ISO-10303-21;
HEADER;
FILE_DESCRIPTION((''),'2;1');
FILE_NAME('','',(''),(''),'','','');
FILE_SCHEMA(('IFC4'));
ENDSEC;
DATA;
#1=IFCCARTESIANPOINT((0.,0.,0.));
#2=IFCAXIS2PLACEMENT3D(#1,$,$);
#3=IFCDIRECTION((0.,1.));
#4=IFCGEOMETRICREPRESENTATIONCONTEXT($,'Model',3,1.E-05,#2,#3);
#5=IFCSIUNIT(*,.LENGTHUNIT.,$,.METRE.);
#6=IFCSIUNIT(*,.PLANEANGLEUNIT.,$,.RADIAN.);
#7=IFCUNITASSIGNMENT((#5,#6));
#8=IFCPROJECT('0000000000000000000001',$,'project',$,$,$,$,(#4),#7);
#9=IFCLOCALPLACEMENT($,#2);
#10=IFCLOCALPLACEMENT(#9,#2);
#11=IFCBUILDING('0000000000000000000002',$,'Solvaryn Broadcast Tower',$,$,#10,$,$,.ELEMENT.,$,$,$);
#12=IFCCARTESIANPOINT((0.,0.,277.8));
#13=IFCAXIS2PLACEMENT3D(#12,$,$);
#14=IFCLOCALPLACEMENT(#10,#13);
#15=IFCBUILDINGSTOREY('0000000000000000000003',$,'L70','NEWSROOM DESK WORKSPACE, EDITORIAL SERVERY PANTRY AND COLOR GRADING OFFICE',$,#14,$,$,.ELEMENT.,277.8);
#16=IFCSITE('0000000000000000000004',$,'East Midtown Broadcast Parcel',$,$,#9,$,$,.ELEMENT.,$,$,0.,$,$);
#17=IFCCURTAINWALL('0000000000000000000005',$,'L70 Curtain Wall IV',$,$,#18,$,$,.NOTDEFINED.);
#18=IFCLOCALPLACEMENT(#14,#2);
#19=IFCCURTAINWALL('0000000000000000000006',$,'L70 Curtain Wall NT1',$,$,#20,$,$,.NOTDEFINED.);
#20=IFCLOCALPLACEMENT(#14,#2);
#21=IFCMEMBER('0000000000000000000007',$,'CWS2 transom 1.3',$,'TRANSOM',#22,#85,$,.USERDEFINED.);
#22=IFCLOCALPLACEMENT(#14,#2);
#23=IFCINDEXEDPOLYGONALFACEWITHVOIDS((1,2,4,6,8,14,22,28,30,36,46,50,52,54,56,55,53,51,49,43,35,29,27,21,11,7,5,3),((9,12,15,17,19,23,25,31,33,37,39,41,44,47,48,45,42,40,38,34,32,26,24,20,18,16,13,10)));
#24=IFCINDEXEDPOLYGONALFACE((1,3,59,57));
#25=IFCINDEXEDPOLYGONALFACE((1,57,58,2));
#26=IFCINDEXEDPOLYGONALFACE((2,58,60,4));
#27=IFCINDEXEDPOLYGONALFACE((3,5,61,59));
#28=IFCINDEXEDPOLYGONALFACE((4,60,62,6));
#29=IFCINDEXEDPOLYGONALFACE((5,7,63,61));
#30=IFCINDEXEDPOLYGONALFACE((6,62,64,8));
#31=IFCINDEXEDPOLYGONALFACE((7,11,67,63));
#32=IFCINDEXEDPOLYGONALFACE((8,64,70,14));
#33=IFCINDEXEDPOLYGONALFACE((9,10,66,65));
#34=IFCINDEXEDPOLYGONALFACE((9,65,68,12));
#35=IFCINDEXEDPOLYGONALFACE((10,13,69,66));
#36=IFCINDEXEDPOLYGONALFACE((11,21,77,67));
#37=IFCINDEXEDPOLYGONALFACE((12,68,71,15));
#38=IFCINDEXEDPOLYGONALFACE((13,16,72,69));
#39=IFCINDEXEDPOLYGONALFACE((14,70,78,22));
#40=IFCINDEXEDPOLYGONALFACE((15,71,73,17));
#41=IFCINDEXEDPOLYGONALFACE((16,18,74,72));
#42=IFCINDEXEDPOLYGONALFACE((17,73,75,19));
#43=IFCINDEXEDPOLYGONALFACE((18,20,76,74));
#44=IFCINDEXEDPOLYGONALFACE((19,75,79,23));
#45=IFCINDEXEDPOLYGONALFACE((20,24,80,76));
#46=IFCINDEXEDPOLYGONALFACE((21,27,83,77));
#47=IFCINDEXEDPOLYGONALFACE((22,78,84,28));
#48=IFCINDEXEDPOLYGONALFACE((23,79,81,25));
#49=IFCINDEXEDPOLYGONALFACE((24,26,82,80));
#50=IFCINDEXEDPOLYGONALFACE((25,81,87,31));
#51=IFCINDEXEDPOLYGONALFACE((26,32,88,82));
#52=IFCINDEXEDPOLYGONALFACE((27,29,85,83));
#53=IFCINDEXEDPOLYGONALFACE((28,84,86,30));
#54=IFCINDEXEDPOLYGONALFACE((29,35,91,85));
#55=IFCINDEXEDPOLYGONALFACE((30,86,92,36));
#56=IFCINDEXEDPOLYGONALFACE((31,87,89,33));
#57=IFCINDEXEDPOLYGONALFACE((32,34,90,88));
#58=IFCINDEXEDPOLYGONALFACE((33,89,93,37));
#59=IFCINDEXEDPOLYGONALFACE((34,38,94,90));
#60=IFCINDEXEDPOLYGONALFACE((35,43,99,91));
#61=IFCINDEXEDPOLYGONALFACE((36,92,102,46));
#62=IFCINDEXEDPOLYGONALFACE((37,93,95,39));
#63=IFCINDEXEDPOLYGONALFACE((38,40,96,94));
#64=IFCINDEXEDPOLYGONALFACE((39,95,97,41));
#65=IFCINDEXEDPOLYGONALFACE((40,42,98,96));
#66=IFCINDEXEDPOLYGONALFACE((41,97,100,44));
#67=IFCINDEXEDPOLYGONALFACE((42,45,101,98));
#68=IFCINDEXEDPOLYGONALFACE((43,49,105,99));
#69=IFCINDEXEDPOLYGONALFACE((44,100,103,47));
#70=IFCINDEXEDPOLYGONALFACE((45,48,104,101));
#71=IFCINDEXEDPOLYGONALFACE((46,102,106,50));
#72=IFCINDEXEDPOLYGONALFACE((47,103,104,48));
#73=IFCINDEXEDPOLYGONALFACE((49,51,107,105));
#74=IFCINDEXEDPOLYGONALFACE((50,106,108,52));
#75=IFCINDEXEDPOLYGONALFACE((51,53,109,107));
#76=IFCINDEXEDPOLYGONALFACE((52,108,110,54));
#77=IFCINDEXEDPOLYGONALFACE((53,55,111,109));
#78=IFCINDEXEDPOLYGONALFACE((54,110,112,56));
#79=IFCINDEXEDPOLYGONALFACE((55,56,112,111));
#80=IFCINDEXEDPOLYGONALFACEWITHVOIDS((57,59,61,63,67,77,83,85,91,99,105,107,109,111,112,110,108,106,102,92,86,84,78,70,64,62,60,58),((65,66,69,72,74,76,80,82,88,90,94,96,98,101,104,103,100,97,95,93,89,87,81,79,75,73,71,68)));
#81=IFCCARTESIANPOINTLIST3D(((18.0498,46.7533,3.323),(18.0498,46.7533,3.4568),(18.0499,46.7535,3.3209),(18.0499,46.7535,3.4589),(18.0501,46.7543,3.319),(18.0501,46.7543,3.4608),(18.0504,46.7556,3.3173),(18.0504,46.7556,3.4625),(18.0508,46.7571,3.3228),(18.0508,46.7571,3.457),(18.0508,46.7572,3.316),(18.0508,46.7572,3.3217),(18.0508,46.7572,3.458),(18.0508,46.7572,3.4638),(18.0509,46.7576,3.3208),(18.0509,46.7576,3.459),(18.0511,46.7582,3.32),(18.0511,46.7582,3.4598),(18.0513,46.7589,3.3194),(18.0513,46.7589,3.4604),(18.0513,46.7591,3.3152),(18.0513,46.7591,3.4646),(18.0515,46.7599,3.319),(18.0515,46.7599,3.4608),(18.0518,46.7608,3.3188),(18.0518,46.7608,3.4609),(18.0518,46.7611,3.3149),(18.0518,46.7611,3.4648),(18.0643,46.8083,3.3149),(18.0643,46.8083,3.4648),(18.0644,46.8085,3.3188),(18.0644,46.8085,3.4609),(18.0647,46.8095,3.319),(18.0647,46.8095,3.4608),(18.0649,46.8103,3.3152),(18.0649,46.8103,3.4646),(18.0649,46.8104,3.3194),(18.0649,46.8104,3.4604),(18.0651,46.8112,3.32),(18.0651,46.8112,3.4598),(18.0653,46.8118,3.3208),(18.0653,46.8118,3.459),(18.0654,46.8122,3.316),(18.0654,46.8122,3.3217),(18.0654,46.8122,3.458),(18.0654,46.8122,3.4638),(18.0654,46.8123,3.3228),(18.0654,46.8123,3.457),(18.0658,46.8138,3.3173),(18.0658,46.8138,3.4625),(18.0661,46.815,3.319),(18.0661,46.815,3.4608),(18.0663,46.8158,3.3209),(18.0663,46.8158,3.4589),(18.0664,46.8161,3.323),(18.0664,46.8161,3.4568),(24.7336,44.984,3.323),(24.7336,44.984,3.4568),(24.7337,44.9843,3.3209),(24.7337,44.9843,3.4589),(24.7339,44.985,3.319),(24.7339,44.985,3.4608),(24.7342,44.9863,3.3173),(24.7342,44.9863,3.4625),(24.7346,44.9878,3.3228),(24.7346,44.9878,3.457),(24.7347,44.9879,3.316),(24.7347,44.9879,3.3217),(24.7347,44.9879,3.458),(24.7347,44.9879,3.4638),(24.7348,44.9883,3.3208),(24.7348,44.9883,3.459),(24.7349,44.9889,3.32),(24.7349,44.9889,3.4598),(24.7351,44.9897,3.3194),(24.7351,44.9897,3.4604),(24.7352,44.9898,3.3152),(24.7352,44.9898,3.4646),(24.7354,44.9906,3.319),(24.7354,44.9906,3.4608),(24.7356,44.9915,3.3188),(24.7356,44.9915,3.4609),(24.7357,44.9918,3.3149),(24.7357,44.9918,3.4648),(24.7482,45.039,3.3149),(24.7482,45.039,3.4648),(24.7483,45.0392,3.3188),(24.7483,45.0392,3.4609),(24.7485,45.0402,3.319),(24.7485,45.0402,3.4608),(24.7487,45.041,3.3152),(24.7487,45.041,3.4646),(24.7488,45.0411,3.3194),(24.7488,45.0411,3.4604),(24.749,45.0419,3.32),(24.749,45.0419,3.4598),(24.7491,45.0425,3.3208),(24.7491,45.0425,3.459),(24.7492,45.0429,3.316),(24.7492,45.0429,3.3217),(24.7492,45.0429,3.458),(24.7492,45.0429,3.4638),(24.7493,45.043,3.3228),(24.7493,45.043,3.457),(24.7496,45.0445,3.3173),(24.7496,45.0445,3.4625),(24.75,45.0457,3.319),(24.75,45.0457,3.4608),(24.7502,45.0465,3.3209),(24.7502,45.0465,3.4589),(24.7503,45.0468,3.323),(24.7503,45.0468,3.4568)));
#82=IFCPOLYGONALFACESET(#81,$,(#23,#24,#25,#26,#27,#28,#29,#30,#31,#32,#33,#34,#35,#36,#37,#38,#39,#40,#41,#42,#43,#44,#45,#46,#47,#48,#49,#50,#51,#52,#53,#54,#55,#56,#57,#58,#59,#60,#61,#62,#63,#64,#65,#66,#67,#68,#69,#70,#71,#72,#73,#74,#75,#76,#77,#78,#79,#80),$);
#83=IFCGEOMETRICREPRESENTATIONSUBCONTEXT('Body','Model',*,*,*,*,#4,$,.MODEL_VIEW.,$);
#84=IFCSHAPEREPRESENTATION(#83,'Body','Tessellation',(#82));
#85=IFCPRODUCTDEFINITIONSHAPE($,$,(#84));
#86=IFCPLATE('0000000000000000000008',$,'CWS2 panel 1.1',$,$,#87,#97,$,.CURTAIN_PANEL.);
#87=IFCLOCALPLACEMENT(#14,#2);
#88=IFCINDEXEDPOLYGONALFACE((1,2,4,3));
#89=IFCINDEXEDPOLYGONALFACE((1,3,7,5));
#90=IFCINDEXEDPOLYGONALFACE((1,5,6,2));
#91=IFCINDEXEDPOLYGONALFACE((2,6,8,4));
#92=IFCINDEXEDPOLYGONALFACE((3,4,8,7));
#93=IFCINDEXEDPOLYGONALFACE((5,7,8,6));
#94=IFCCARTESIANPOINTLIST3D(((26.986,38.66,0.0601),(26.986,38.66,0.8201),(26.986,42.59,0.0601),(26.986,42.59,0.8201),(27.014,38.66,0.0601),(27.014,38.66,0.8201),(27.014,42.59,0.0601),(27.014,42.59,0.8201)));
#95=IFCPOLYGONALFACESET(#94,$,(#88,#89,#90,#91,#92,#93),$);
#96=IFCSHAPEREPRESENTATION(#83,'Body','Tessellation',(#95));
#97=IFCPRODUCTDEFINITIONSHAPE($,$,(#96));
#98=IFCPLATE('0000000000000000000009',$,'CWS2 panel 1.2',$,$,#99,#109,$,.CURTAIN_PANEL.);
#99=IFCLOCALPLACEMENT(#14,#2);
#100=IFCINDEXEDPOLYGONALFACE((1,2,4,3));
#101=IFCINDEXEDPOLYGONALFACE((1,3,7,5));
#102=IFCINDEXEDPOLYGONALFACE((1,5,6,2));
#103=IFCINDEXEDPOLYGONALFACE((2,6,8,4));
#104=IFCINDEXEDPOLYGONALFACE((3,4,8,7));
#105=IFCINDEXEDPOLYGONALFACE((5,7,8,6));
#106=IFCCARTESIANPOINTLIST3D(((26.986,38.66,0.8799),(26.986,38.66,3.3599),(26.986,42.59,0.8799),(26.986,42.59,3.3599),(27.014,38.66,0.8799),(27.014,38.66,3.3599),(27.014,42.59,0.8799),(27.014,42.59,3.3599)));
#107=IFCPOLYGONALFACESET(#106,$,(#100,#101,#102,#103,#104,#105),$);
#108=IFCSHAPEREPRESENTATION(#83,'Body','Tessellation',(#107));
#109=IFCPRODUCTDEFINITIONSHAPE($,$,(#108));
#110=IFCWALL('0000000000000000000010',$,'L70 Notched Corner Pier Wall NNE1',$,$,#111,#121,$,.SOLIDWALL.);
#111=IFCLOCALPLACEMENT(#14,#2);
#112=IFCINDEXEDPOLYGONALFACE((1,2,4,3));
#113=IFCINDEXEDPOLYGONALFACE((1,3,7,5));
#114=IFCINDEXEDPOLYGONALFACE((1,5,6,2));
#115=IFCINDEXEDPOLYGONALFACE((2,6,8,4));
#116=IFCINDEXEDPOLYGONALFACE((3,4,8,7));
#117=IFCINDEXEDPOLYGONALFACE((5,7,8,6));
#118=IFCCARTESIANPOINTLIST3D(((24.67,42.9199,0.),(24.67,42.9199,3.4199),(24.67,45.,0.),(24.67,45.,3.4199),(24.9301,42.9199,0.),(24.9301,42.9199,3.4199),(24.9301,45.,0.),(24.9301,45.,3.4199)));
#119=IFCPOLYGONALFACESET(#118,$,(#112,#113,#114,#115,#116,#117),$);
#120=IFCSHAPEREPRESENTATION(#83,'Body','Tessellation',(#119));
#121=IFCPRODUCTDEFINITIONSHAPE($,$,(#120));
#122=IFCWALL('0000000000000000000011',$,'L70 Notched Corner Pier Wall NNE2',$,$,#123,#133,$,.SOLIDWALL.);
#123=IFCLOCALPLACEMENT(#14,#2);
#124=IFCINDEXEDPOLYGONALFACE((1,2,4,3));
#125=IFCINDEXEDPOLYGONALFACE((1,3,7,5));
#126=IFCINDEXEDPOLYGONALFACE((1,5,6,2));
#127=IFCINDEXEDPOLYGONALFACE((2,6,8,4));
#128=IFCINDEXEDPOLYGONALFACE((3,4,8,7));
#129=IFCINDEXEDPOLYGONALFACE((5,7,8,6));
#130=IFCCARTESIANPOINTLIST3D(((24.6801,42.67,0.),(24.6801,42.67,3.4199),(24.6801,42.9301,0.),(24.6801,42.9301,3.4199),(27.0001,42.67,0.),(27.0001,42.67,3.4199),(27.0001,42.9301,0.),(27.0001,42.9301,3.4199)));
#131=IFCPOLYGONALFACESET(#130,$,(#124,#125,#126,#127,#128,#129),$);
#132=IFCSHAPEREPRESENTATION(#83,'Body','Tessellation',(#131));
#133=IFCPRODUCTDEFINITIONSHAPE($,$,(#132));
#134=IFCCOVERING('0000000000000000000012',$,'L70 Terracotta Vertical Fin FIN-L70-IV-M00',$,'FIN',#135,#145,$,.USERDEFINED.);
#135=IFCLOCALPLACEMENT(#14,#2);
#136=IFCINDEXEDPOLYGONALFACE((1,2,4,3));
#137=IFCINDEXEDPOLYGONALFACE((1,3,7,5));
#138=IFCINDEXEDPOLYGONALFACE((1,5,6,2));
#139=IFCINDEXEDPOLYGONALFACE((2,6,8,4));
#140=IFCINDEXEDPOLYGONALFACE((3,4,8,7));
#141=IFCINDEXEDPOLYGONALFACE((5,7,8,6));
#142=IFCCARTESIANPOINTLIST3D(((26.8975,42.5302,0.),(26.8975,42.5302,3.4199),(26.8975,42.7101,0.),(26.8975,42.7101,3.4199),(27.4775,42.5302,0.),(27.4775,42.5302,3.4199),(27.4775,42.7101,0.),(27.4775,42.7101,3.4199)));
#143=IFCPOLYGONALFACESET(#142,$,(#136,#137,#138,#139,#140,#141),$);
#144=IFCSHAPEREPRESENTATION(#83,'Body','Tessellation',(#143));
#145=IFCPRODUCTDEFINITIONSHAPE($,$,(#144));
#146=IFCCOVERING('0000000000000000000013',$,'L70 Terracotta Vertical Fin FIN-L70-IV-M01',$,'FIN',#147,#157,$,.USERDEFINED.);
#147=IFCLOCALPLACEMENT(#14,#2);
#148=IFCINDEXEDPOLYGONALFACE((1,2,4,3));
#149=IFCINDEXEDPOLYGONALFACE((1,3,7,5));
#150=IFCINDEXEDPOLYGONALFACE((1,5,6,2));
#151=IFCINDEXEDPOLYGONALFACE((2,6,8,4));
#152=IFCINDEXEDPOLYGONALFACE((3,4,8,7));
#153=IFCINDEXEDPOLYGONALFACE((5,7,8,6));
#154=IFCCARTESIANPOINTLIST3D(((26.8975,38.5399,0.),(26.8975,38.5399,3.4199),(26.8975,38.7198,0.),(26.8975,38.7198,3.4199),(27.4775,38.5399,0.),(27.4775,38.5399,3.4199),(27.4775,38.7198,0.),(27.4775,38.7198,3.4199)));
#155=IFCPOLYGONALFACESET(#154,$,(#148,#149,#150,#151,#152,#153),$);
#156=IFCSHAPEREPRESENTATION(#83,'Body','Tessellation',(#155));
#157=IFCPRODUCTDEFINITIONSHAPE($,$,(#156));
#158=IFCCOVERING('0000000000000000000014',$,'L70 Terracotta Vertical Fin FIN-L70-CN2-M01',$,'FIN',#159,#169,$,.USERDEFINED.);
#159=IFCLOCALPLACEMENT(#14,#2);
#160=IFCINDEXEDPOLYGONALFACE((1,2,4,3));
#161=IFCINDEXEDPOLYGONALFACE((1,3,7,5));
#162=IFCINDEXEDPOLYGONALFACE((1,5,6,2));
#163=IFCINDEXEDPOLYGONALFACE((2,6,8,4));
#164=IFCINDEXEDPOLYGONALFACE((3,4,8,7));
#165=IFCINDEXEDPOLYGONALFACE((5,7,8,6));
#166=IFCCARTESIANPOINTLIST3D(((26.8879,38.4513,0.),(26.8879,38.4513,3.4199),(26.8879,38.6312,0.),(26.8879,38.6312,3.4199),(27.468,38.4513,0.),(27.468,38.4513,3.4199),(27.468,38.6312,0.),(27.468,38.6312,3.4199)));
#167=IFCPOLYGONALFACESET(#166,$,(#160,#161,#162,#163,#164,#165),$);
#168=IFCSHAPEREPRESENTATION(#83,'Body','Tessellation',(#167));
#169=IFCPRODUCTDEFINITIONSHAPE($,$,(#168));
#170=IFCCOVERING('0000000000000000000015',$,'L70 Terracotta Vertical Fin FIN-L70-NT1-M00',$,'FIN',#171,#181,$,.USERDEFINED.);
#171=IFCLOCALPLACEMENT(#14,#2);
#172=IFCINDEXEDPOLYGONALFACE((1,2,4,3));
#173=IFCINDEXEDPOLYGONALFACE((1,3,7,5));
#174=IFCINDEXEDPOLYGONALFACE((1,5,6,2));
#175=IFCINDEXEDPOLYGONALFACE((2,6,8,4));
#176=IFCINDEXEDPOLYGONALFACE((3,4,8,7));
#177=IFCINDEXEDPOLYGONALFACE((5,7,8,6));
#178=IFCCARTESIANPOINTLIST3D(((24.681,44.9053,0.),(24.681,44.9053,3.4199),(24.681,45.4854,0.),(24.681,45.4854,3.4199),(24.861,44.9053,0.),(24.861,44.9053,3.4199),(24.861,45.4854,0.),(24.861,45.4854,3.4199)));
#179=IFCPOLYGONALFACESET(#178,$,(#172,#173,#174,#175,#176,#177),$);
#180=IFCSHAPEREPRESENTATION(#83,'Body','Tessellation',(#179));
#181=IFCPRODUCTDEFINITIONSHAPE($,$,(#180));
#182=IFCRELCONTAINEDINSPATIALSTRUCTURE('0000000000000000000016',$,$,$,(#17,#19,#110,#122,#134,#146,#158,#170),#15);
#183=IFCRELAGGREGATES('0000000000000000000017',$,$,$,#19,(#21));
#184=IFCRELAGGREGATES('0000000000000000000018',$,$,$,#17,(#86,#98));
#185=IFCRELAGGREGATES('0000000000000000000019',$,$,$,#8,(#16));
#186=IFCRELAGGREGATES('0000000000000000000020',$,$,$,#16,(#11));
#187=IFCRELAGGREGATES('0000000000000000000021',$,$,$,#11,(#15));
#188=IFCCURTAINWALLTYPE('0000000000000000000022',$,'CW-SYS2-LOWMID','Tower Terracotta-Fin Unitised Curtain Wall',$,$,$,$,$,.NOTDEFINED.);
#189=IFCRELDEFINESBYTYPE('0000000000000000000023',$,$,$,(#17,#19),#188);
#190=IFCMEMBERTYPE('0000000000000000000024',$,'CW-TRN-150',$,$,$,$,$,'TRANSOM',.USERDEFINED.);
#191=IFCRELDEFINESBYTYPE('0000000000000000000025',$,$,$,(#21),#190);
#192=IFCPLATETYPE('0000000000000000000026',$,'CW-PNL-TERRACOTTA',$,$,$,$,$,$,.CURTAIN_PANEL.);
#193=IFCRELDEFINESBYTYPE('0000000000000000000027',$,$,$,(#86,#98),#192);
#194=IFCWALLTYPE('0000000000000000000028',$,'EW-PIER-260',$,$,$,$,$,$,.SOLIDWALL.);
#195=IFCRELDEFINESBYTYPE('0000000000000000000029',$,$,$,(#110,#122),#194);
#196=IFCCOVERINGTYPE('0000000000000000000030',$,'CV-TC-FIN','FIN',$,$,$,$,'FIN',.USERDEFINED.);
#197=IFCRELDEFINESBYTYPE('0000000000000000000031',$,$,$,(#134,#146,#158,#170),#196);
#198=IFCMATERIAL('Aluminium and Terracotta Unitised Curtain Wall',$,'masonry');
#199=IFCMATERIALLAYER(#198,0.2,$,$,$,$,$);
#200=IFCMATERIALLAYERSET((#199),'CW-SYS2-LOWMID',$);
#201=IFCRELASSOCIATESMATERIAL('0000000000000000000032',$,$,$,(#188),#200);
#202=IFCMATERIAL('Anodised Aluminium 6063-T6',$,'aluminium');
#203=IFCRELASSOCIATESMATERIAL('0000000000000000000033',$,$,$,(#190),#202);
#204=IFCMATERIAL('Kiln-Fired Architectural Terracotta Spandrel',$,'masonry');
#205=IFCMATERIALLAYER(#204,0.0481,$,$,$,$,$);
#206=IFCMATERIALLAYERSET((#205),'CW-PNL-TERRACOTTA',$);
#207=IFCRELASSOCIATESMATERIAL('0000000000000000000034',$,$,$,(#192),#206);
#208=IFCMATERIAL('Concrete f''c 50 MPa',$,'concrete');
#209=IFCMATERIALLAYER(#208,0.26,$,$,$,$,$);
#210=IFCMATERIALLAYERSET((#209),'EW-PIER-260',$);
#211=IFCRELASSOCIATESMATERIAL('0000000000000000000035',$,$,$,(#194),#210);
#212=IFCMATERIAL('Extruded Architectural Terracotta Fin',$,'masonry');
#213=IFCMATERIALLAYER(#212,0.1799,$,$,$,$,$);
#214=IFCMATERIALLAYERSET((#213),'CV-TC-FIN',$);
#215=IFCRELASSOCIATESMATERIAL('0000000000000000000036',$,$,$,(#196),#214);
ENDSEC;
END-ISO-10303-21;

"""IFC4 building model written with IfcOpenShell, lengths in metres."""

from ifc_helpers import new_model, si_unit, direction, frame, frame_2d, origin, origin_2d, place, context, subcontext, project, spatial, rectangle, hollow_rectangle, extrude, material, layer, layer_set, material_profile, profile_set, type_object, element, aggregate, save


model = new_model("IFC4")

# Units and contexts
model_context = context("Model", 3, precision=1e-05, world=origin(), true_north=direction((0.0, 1.0)))
body_context = subcontext(model_context, "Body", "Model", "MODEL_VIEW")
ifc_project = project(units=[si_unit("LENGTHUNIT", "METRE"), si_unit("PLANEANGLEUNIT", "RADIAN")], contexts=[model_context])

# Site, building, storey
site_placement = place(None, origin())
site = spatial("IfcSite", under=ifc_project, at=site_placement, Name="East Midtown Broadcast Parcel", CompositionType="ELEMENT", RefElevation=0.0)
building_placement = place(site_placement, origin())
building = spatial("IfcBuilding", under=site, at=building_placement, Name="Solvaryn Broadcast Tower", CompositionType="ELEMENT")
storey_placement = place(building_placement, frame((0.0, 0.0, 277.8)))
storey = spatial("IfcBuildingStorey", under=building, at=storey_placement, Name="L70", Description="NEWSROOM DESK WORKSPACE, EDITORIAL SERVERY PANTRY AND COLOR GRADING OFFICE", CompositionType="ELEMENT", Elevation=277.8)

# Curtain wall
ifc_material_1 = material(Name="Aluminium and Terracotta Unitised Curtain Wall", Category="masonry")
ifc_layer_1 = layer(ifc_material_1, 0.2)
ifc_layer_set_1 = layer_set([ifc_layer_1], Name="CW-SYS2-LOWMID")
curtain_wall_type = type_object("IfcCurtainWallType", Name="CW-SYS2-LOWMID", Description="Tower Terracotta-Fin Unitised Curtain Wall", PredefinedType="NOTDEFINED", material=ifc_layer_set_1)
curtain_wall_1_placement = place(storey_placement, origin())
curtain_wall_1 = element("IfcCurtainWall", 1, at=curtain_wall_1_placement, inside=storey, type_object=curtain_wall_type, Name="L70 Curtain Wall IV", PredefinedType="NOTDEFINED")

# Curtain wall
curtain_wall_2_placement = place(storey_placement, origin())
curtain_wall_2 = element("IfcCurtainWall", 2, at=curtain_wall_2_placement, inside=storey, type_object=curtain_wall_type, Name="L70 Curtain Wall NT1", PredefinedType="NOTDEFINED")

# Member
ifc_material_2 = material(Name="Anodised Aluminium 6063-T6", Category="aluminium")
ifc_material_profile_1 = material_profile(ifc_material_2, hollow_rectangle(XDim=0.0649, YDim=0.1499, WallThickness=0.0039, InnerFilletRadius=0.0039, OuterFilletRadius=0.0081, at=origin_2d()))
ifc_profile_set_1 = profile_set([ifc_material_profile_1], Name="Anodised Aluminium 6063-T6")
member_type_1 = type_object("IfcMemberType", Name="CW-TRN-150", ElementType="TRANSOM", PredefinedType="USERDEFINED", material=ifc_profile_set_1)
member_1_placement = place(storey_placement, frame((24.7419, 45.0154, 3.3899), z_axis=(-0.966704, 0.255897, 0.0), x_axis=(-0.255897, -0.966704, 0.0)))
member_1 = element("IfcMember", 3, at=member_1_placement, type_object=member_type_1, Name="CWS2 transom 1.3", ObjectType="TRANSOM", PredefinedType="USERDEFINED", context=body_context, shape_type="SweptSolid", body=[
    extrude(hollow_rectangle(XDim=0.0649, YDim=0.1499, WallThickness=0.0039, InnerFilletRadius=0.0039, OuterFilletRadius=0.0081, at=origin_2d()), origin(), (0.0, 0.0, 1.0), 6.9141),
])
aggregate(curtain_wall_2, [member_1])

# Plates
ifc_material_3 = material(Name="Kiln-Fired Architectural Terracotta Spandrel", Category="masonry")
ifc_layer_2 = layer(ifc_material_3, 0.0481)
ifc_layer_set_2 = layer_set([ifc_layer_2], Name="CW-PNL-TERRACOTTA")
plate_type = type_object("IfcPlateType", Name="CW-PNL-TERRACOTTA", PredefinedType="CURTAIN_PANEL", material=ifc_layer_set_2)
plate_1_placement = place(storey_placement, frame((27.0, 40.625, 0.0601), z_axis=(0.0, 0.0, 1.0), x_axis=(0.0, -1.0, 0.0)))
plate_1 = element("IfcPlate", 4, at=plate_1_placement, type_object=plate_type, Name="CWS2 panel 1.1", PredefinedType="CURTAIN_PANEL", context=body_context, shape_type="SweptSolid", body=[
    extrude(rectangle(XDim=3.9299, YDim=0.0281, at=origin_2d()), origin(), (0.0, 0.0, 1.0), 0.76),
])
plate_2_placement = place(storey_placement, frame((27.0, 40.625, 0.8799), z_axis=(0.0, 0.0, 1.0), x_axis=(0.0, -1.0, 0.0)))
plate_2 = element("IfcPlate", 5, at=plate_2_placement, type_object=plate_type, Name="CWS2 panel 1.2", PredefinedType="CURTAIN_PANEL", context=body_context, shape_type="SweptSolid", body=[
    extrude(rectangle(XDim=3.9299, YDim=0.0281, at=origin_2d()), origin(), (0.0, 0.0, 1.0), 2.48),
])
aggregate(curtain_wall_1, [plate_1, plate_2])

# Walls
ifc_material_4 = material(Name="Concrete f'c 50 MPa", Category="concrete")
ifc_layer_3 = layer(ifc_material_4, 0.26)
ifc_layer_set_3 = layer_set([ifc_layer_3], Name="EW-PIER-260")
wall_type_1 = type_object("IfcWallType", Name="EW-PIER-260", PredefinedType="SOLIDWALL", material=ifc_layer_set_3)
wall_1_placement = place(storey_placement, frame((24.8, 45.0, 0.0), z_axis=(0.0, 0.0, 1.0), x_axis=(0.0, -1.0, 0.0)))
element("IfcWall", 6, at=wall_1_placement, inside=storey, type_object=wall_type_1, Name="L70 Notched Corner Pier Wall NNE1", PredefinedType="SOLIDWALL", context=body_context, shape_type="SweptSolid", body=[
    extrude(rectangle(XDim=2.0801, YDim=0.26, at=frame_2d((1.04, 0.0))), origin(), (0.0, 0.0, 1.0), 3.4199),
])
wall_2_placement = place(storey_placement, frame((24.6799, 42.8, 0.0), z_axis=(0.0, 0.0, 1.0), x_axis=(1.0, 0.0, 0.0)))
element("IfcWall", 7, at=wall_2_placement, inside=storey, type_object=wall_type_1, Name="L70 Notched Corner Pier Wall NNE2", PredefinedType="SOLIDWALL", context=body_context, shape_type="SweptSolid", body=[
    extrude(rectangle(XDim=2.3201, YDim=0.26, at=frame_2d((1.1602, 0.0))), origin(), (0.0, 0.0, 1.0), 3.4199),
])

# Coverings
ifc_material_5 = material(Name="Extruded Architectural Terracotta Fin", Category="masonry")
ifc_layer_4 = layer(ifc_material_5, 0.1799)
ifc_layer_set_4 = layer_set([ifc_layer_4], Name="CV-TC-FIN")
covering_type = type_object("IfcCoveringType", Name="CV-TC-FIN", Description="FIN", ElementType="FIN", PredefinedType="USERDEFINED", material=ifc_layer_set_4)
for number, where, z_axis, x_axis, name in (
    (8, (27.1875, 42.6201, 0.0), (0.0, 0.0, 1.0), (1.0, 0.0, 0.0), "L70 Terracotta Vertical Fin FIN-L70-IV-M00"),
    (9, (27.1875, 38.6299, 0.0), (0.0, 0.0, 1.0), (1.0, 0.0, 0.0), "L70 Terracotta Vertical Fin FIN-L70-IV-M01"),
    (10, (27.178, 38.5413, 0.0), (0.0, 0.0, 1.0), (1.0, 0.0, 0.0), "L70 Terracotta Vertical Fin FIN-L70-CN2-M01"),
):
    element("IfcCovering", number, at=place(storey_placement, frame(where, z_axis=z_axis, x_axis=x_axis)), inside=storey, type_object=covering_type, Name=name, ObjectType="FIN", PredefinedType="USERDEFINED", context=body_context, shape_type="SweptSolid", body=[
        extrude(rectangle(XDim=0.5801, YDim=0.1799, at=origin_2d()), origin(), (0.0, 0.0, 1.0), 3.4199),
    ])
covering_placement = place(storey_placement, frame((24.771, 45.1953, 0.0), z_axis=(0.0, 0.0, 1.0), x_axis=(1.0, 0.0, 0.0)))
element("IfcCovering", 11, at=covering_placement, inside=storey, type_object=covering_type, Name="L70 Terracotta Vertical Fin FIN-L70-NT1-M00", ObjectType="FIN", PredefinedType="USERDEFINED", context=body_context, shape_type="SweptSolid", body=[
    extrude(rectangle(XDim=0.1799, YDim=0.5801, at=origin_2d()), origin(), (0.0, 0.0, 1.0), 3.4199),
])

save(model, "model.ifc")
